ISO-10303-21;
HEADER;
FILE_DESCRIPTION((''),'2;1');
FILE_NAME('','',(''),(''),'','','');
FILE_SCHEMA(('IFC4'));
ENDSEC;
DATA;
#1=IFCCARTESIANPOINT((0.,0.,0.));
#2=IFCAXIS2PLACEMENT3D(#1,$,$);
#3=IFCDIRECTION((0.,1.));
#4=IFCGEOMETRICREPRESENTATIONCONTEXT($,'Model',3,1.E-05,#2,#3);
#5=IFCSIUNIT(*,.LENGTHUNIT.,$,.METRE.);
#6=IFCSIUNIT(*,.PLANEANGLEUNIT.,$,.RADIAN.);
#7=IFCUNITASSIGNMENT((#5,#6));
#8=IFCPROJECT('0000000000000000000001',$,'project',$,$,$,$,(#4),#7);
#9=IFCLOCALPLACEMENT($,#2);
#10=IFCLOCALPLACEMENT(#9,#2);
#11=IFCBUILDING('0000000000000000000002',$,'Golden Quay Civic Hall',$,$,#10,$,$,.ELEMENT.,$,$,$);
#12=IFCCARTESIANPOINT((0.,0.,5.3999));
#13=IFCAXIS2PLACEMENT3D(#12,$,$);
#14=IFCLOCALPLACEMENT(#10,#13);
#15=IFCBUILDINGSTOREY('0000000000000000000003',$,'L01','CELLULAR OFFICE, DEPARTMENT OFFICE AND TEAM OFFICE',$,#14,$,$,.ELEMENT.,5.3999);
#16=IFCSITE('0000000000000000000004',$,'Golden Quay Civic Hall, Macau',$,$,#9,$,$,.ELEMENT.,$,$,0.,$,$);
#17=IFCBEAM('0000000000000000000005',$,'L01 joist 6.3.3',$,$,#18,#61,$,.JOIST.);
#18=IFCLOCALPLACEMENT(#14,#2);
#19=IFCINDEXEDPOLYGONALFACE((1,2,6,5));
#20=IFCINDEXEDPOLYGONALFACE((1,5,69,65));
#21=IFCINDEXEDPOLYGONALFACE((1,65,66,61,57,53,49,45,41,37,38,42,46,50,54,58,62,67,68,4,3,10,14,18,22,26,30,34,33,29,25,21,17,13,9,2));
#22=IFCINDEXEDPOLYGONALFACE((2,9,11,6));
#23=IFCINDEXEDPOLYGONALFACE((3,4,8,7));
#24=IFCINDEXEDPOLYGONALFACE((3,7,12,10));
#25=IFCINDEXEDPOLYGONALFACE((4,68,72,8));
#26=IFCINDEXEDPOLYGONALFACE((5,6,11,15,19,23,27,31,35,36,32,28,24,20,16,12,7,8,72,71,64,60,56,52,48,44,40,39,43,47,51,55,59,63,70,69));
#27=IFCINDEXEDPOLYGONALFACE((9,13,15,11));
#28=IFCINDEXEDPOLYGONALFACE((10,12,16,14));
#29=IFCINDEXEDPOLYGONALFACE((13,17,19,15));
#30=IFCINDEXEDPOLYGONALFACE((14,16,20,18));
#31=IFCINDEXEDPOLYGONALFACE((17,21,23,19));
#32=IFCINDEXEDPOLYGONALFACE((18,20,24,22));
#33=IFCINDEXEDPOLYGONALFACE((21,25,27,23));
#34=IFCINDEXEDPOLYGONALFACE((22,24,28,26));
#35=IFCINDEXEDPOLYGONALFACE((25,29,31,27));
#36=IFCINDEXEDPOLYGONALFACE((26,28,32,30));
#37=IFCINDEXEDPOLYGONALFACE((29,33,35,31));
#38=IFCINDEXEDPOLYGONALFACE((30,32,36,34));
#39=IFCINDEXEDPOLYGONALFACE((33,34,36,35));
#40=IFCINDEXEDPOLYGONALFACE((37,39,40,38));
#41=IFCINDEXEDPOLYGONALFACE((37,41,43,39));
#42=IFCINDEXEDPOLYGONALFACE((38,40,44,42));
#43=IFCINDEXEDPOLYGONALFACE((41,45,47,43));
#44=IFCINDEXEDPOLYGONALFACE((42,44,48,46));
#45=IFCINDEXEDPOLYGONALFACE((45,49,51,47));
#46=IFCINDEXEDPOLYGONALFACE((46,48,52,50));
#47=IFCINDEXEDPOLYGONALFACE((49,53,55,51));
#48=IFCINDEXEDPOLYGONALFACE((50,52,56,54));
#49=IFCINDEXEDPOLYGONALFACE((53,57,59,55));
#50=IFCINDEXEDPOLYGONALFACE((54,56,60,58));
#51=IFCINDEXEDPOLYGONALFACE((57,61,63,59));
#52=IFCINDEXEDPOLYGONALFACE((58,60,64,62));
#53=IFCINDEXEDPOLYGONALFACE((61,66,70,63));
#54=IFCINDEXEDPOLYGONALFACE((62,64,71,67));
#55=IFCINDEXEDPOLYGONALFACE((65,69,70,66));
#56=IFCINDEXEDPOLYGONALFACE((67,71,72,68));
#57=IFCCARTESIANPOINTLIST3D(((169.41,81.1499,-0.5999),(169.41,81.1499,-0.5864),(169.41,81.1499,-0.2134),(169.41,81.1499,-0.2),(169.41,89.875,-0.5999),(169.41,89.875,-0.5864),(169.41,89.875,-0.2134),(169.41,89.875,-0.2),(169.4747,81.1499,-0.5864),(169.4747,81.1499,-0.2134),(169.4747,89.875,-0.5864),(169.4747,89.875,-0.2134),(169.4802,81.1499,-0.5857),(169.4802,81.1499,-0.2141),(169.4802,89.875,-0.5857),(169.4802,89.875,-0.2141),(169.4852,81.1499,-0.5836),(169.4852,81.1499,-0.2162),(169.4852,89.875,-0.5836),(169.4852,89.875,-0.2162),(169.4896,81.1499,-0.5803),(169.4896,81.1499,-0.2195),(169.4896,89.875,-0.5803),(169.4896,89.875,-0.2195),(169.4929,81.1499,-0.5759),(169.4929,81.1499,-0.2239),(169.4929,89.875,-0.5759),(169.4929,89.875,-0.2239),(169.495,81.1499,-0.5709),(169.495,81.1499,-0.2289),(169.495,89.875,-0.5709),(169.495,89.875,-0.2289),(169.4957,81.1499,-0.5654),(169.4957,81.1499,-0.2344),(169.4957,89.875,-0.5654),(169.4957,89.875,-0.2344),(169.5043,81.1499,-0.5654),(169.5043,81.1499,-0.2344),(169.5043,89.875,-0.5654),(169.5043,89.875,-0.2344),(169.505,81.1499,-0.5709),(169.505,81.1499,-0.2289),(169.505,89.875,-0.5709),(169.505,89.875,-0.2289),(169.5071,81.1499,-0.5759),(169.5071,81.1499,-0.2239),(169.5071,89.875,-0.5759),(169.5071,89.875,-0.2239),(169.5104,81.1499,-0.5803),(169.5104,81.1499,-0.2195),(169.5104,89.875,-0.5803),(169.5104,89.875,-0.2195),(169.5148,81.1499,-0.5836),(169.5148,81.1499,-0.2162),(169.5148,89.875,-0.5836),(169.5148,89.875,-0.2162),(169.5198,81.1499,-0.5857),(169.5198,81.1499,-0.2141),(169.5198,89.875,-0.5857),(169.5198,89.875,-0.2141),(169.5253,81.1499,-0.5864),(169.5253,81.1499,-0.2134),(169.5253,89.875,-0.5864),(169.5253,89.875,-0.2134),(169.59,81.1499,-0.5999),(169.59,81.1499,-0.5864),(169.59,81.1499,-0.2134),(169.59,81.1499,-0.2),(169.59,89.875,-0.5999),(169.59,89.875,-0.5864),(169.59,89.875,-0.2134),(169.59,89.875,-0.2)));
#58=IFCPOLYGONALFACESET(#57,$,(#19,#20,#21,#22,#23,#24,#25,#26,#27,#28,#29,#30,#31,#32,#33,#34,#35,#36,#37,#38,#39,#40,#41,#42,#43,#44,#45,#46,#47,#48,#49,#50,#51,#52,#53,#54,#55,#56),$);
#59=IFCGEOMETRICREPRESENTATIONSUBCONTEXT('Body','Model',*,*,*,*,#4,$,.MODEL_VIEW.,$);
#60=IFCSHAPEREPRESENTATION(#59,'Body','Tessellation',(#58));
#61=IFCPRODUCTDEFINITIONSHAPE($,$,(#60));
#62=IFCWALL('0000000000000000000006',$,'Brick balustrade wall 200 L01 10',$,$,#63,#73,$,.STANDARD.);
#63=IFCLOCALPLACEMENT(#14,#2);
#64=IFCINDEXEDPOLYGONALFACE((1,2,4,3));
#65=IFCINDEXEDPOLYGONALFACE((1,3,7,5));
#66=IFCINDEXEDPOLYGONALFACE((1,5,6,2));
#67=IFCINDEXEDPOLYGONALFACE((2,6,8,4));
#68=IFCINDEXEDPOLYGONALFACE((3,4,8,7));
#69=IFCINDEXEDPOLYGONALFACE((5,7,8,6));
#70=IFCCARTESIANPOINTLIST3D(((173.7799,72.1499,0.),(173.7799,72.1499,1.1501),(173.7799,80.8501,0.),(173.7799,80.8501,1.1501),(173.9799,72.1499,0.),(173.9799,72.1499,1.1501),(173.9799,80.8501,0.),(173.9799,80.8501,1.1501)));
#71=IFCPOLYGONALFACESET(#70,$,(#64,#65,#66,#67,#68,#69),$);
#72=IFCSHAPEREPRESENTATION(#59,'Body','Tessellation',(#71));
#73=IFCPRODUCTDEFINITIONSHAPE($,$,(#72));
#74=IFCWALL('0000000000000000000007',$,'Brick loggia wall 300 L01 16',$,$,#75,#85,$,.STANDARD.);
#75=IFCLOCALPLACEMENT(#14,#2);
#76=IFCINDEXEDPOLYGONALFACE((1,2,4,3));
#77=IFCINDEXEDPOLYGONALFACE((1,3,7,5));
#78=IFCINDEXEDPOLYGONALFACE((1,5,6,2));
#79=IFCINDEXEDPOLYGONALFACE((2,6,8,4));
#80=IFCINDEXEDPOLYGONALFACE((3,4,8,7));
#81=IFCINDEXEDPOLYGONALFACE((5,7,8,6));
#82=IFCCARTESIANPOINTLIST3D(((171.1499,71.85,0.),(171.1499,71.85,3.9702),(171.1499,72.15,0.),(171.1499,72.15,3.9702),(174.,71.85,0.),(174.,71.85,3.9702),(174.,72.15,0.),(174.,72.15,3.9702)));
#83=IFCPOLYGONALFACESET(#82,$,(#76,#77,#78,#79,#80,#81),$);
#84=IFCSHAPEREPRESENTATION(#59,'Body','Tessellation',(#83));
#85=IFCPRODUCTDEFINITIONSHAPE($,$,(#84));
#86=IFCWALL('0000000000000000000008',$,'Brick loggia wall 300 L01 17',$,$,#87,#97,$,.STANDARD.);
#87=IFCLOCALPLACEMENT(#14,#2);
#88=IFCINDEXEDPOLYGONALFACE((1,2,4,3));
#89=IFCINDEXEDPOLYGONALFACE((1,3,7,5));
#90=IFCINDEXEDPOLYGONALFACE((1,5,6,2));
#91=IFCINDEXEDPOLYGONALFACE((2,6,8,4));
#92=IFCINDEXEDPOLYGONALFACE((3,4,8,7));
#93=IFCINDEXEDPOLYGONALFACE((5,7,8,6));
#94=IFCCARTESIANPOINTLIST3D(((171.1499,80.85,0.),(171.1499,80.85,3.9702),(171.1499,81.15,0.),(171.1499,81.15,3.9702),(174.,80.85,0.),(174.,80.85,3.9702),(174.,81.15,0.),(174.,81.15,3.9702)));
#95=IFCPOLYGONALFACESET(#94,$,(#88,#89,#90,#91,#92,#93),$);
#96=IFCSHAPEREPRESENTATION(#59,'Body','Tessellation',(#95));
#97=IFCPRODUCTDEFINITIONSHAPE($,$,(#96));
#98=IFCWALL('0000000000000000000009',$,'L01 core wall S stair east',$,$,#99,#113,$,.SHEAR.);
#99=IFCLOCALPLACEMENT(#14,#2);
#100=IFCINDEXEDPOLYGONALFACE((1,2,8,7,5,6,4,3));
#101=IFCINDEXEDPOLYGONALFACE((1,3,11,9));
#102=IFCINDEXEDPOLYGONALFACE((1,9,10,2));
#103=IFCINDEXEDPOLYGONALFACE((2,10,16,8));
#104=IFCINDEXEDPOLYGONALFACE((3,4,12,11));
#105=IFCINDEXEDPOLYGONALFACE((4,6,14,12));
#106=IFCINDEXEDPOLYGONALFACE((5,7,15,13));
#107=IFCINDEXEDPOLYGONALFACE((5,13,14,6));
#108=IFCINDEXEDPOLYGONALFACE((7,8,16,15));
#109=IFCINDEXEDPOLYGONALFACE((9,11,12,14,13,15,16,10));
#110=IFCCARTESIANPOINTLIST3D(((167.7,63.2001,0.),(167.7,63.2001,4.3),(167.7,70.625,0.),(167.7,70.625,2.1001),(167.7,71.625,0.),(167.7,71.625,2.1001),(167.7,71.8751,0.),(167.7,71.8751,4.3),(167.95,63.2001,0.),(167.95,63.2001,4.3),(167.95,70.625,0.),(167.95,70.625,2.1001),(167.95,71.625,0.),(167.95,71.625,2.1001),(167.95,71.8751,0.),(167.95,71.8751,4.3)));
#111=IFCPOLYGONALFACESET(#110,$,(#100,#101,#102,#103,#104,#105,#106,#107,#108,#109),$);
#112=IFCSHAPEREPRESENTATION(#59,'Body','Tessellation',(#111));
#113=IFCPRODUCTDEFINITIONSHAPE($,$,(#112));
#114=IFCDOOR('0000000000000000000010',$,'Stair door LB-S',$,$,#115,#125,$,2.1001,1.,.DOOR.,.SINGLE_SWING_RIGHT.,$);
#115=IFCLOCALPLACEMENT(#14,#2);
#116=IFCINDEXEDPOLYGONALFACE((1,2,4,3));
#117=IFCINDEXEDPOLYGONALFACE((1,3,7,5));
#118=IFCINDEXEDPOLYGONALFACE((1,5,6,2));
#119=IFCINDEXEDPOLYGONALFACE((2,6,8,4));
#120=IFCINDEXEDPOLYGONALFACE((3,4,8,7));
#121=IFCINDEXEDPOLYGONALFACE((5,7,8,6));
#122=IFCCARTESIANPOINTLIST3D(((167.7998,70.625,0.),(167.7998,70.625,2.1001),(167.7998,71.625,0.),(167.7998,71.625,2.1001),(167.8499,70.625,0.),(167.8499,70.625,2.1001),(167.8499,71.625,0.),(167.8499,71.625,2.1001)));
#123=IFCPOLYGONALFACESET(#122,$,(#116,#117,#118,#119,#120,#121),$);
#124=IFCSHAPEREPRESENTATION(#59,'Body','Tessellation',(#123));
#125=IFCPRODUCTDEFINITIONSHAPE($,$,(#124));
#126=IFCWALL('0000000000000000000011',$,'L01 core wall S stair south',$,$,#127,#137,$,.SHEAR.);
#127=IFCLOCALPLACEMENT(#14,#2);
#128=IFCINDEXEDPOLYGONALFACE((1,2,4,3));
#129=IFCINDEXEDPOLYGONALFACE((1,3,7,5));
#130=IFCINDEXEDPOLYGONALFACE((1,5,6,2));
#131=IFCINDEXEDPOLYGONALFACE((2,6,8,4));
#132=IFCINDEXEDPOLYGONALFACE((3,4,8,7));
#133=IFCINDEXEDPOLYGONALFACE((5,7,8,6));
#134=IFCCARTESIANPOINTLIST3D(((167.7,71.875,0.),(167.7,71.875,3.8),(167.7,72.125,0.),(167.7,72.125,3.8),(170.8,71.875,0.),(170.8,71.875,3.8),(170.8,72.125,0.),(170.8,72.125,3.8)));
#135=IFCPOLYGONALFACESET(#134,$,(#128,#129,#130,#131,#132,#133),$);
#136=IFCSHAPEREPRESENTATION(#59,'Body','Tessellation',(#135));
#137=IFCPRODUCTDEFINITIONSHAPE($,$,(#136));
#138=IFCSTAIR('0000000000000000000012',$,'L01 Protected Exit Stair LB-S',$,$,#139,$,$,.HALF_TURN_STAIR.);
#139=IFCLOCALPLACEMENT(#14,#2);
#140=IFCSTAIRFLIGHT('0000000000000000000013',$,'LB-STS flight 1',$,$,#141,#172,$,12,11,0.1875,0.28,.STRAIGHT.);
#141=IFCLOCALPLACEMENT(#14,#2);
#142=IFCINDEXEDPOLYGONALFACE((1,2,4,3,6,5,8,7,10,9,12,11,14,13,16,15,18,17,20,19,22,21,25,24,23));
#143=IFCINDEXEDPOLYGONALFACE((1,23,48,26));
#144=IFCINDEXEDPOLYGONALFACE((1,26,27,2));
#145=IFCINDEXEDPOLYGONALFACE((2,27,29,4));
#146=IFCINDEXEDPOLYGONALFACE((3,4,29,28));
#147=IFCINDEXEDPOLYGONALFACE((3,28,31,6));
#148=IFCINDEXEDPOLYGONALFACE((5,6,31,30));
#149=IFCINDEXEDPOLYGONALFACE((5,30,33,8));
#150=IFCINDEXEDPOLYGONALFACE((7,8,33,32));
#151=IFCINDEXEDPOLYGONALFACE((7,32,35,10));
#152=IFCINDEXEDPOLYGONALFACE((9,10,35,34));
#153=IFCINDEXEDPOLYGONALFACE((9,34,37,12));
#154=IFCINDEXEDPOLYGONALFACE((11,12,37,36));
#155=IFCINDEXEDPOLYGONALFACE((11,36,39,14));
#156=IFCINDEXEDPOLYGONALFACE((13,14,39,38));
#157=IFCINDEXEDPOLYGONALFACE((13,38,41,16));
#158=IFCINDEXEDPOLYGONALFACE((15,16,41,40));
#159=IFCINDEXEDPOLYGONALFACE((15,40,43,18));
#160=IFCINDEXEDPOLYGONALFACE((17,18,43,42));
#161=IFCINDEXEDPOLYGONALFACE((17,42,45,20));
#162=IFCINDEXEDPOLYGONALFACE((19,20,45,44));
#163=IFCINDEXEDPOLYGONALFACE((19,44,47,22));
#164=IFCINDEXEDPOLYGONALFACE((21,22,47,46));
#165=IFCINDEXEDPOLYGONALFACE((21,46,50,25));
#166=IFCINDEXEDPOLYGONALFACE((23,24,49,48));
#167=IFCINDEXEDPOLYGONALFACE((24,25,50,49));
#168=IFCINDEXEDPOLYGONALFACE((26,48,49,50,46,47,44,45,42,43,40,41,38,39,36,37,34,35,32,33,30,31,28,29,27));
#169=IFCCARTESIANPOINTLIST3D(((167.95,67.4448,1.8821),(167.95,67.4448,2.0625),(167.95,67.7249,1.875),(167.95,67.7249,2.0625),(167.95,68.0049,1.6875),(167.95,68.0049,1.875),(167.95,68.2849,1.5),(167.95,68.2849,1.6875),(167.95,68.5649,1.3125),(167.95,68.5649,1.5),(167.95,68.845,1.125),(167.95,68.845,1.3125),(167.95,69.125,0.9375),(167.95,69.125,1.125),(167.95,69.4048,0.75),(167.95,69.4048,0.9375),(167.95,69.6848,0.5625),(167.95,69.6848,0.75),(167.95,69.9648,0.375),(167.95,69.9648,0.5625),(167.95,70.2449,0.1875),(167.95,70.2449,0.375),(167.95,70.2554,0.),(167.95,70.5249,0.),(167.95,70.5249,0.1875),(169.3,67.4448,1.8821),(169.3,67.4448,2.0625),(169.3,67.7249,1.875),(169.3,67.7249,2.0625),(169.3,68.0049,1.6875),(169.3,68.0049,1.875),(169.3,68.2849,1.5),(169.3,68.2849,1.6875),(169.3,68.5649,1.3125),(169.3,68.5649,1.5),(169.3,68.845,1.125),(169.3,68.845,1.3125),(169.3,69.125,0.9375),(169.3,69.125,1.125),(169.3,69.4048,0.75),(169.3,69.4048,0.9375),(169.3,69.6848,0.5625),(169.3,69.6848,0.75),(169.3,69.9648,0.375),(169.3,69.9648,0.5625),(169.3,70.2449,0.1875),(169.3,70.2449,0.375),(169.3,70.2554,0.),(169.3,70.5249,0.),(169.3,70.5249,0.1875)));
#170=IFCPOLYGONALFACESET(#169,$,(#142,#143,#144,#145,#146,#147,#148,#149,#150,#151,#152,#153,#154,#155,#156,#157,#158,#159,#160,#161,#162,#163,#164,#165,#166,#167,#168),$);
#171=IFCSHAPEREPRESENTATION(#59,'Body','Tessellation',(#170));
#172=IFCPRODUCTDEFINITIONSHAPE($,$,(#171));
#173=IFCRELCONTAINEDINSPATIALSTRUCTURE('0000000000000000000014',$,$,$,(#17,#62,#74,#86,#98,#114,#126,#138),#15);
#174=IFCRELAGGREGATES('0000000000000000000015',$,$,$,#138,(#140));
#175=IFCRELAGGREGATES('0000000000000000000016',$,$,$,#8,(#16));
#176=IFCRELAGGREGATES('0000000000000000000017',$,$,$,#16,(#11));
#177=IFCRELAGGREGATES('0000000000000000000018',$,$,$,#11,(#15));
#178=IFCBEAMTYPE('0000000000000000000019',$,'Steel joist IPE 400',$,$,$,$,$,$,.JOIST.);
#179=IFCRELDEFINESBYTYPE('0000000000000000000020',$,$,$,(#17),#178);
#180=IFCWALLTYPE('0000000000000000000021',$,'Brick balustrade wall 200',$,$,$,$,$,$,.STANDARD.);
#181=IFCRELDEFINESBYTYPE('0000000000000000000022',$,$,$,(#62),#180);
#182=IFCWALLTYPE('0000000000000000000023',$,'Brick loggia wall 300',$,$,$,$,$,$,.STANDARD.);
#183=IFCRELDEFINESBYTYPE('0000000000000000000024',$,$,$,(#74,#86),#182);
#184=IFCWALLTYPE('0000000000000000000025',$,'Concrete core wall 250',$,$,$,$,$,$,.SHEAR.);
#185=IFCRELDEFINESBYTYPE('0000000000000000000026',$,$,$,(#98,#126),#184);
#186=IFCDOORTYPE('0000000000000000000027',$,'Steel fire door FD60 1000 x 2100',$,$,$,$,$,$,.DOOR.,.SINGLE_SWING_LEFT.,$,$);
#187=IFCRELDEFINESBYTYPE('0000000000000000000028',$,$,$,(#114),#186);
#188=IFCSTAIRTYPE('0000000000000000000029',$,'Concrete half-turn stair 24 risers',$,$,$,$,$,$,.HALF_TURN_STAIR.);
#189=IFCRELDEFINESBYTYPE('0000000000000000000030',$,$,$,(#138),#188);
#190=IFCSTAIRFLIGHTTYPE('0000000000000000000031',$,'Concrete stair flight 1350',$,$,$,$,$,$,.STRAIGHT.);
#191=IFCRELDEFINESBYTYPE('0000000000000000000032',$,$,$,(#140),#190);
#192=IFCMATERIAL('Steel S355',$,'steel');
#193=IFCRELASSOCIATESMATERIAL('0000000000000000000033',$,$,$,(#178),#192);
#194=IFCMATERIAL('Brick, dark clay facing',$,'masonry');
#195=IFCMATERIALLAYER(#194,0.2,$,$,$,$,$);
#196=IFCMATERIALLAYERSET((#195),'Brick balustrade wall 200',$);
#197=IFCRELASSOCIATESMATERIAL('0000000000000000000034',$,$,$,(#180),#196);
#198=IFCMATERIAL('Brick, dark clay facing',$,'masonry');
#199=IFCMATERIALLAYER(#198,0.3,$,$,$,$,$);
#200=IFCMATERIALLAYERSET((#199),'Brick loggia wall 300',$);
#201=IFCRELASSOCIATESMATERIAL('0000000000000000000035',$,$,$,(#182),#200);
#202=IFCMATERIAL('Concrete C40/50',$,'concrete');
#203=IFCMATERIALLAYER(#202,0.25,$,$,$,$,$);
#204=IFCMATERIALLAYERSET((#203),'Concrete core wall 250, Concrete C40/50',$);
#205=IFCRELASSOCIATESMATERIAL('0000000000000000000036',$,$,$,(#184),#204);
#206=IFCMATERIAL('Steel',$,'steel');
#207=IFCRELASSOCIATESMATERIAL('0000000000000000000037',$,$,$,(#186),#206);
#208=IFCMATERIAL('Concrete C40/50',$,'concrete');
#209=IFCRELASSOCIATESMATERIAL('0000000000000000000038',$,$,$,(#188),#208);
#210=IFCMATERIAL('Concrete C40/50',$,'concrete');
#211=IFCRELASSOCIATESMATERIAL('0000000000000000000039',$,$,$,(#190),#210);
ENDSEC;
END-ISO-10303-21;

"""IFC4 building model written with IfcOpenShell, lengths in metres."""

from ifc_helpers import new_model, si_unit, direction, frame, frame_2d, origin, origin_2d, place, context, subcontext, project, spatial, polyline, rectangle, i_section, outline, extrude, material, layer, layer_set, material_profile, profile_set, type_object, element, fill, aggregate, save


model = new_model("IFC4")

# Units and contexts
model_context = context("Model", 3, precision=1e-05, world=origin(), true_north=direction((0.0, 1.0)))
body_context = subcontext(model_context, "Body", "Model", "MODEL_VIEW")
ifc_project = project(units=[si_unit("LENGTHUNIT", "METRE"), si_unit("PLANEANGLEUNIT", "RADIAN")], contexts=[model_context])

# Site, building, storey
site_placement = place(None, origin())
site = spatial("IfcSite", under=ifc_project, at=site_placement, Name="Golden Quay Civic Hall, Macau", CompositionType="ELEMENT", RefElevation=0.0)
building_placement = place(site_placement, origin())
building = spatial("IfcBuilding", under=site, at=building_placement, Name="Golden Quay Civic Hall", CompositionType="ELEMENT")
storey_placement = place(building_placement, frame((0.0, 0.0, 5.3999)))
storey = spatial("IfcBuildingStorey", under=building, at=storey_placement, Name="L01", Description="CELLULAR OFFICE, DEPARTMENT OFFICE AND TEAM OFFICE", CompositionType="ELEMENT", Elevation=5.3999)

# Beam
ifc_material_1 = material(Name="Steel S355", Category="steel")
ifc_material_profile_1 = material_profile(ifc_material_1, i_section(OverallWidth=0.1799, OverallDepth=0.3999, WebThickness=0.0085, FlangeThickness=0.0134, FilletRadius=0.021, at=origin_2d()), Name="IPE 400")
ifc_profile_set_1 = profile_set([ifc_material_profile_1], Name="Steel S355")
beam_type_1 = type_object("IfcBeamType", Name="Steel joist IPE 400", PredefinedType="JOIST", material=ifc_profile_set_1)
beam_1_placement = place(storey_placement, frame((169.5, 81.1499, -0.3999), z_axis=(0.0, 1.0, 0.0), x_axis=(-1.0, 0.0, 0.0)))
element("IfcBeam", 1, at=beam_1_placement, inside=storey, type_object=beam_type_1, Name="L01 joist 6.3.3", PredefinedType="JOIST", context=body_context, shape_type="SweptSolid", body=[
    extrude(i_section(OverallWidth=0.1799, OverallDepth=0.3999, WebThickness=0.0085, FlangeThickness=0.0134, FilletRadius=0.021, at=origin_2d()), origin(), (0.0, 0.0, 1.0), 8.7251),
])

# Walls
ifc_material_2 = material(Name="Brick, dark clay facing", Category="masonry")
ifc_layer_1 = layer(ifc_material_2, 0.2)
ifc_layer_set_1 = layer_set([ifc_layer_1], Name="Brick balustrade wall 200")
wall_type_1 = type_object("IfcWallType", Name="Brick balustrade wall 200", PredefinedType="STANDARD", material=ifc_layer_set_1)
wall_1_placement = place(storey_placement, frame((173.8799, 72.1499, 0.0), z_axis=(0.0, 0.0, 1.0), x_axis=(0.0, 1.0, 0.0)))
element("IfcWall", 2, at=wall_1_placement, inside=storey, type_object=wall_type_1, Name="Brick balustrade wall 200 L01 10", PredefinedType="STANDARD", context=body_context, shape_type="SweptSolid", body=[
    extrude(rectangle(XDim=8.7002, YDim=0.2, at=frame_2d((4.3501, 0.0))), origin(), (0.0, 0.0, 1.0), 1.1501),
])
ifc_material_3 = material(Name="Brick, dark clay facing", Category="masonry")
ifc_layer_2 = layer(ifc_material_3, 0.3)
ifc_layer_set_2 = layer_set([ifc_layer_2], Name="Brick loggia wall 300")
wall_type_2 = type_object("IfcWallType", Name="Brick loggia wall 300", PredefinedType="STANDARD", material=ifc_layer_set_2)
for number, where, z_axis, x_axis, name in (
    (3, (171.1499, 72.0, 0.0), (0.0, 0.0, 1.0), (1.0, 0.0, 0.0), "Brick loggia wall 300 L01 16"),
    (4, (171.1499, 81.0, 0.0), (0.0, 0.0, 1.0), (1.0, 0.0, 0.0), "Brick loggia wall 300 L01 17"),
):
    element("IfcWall", number, at=place(storey_placement, frame(where, z_axis=z_axis, x_axis=x_axis)), inside=storey, type_object=wall_type_2, Name=name, PredefinedType="STANDARD", context=body_context, shape_type="SweptSolid", body=[
        extrude(rectangle(XDim=2.8501, YDim=0.3, at=frame_2d((1.425, 0.0))), origin(), (0.0, 0.0, 1.0), 3.9702),
    ])

# Wall, opening, door
ifc_material_4 = material(Name="Concrete C40/50", Category="concrete")
ifc_layer_3 = layer(ifc_material_4, 0.25)
ifc_layer_set_3 = layer_set([ifc_layer_3], Name="Concrete core wall 250, Concrete C40/50")
wall_type_3 = type_object("IfcWallType", Name="Concrete core wall 250", PredefinedType="SHEAR", material=ifc_layer_set_3)
wall_2_placement = place(storey_placement, frame((167.825, 71.875, 0.0), z_axis=(0.0, 0.0, 1.0), x_axis=(0.0, -1.0, 0.0)))
wall_2 = element("IfcWall", 5, at=wall_2_placement, inside=storey, type_object=wall_type_3, Name="L01 core wall S stair east", PredefinedType="SHEAR", context=body_context, shape_type="SweptSolid", body=[
    extrude(rectangle(XDim=8.675, YDim=0.25, at=frame_2d((4.3374, 0.0))), origin(), (0.0, 0.0, 1.0), 4.3),
])
opening_placement = place(wall_2_placement, frame((0.25, 0.0, 0.0)))
opening = element("IfcOpeningElement", 6, at=opening_placement, cuts=wall_2, PredefinedType="OPENING", context=body_context, shape_type="SweptSolid", body=[
    extrude(rectangle(XDim=1.0, YDim=2.1001, at=frame_2d((0.5, 1.05))), frame((0.0, 0.135, 0.0), z_axis=(0.0, -1.0, 0.0), x_axis=(1.0, 0.0, 0.0)), (0.0, 0.0, 1.0), 0.27),
])
ifc_material_5 = material(Name="Steel", Category="steel")
door_type = type_object("IfcDoorType", Name="Steel fire door FD60 1000 x 2100", OperationType="SINGLE_SWING_LEFT", PredefinedType="DOOR", material=ifc_material_5)
door_placement = place(opening_placement, frame((1.0, 0.0, 0.0), z_axis=(0.0, 0.0, 1.0), x_axis=(-1.0, 0.0, 0.0)))
door = element("IfcDoor", 7, at=door_placement, inside=storey, type_object=door_type, Name="Stair door LB-S", OperationType="SINGLE_SWING_RIGHT", OverallHeight=2.1001, OverallWidth=1.0, PredefinedType="DOOR", context=body_context, shape_type="SweptSolid", body=[
    extrude(rectangle(XDim=1.0, YDim=2.1001, at=frame_2d((0.5, 1.05))), frame((0.0, 0.0251, 0.0), z_axis=(0.0, -1.0, 0.0), x_axis=(1.0, 0.0, 0.0)), (0.0, 0.0, 1.0), 0.05),
])
fill(opening, door)

# Wall
wall_3_placement = place(storey_placement, frame((170.8, 72.0, 0.0), z_axis=(0.0, 0.0, 1.0), x_axis=(-1.0, 0.0, 0.0)))
element("IfcWall", 8, at=wall_3_placement, inside=storey, type_object=wall_type_3, Name="L01 core wall S stair south", PredefinedType="SHEAR", context=body_context, shape_type="SweptSolid", body=[
    extrude(rectangle(XDim=3.1001, YDim=0.25, at=frame_2d((1.55, 0.0))), origin(), (0.0, 0.0, 1.0), 3.8),
])

# Stair, stair flight
ifc_material_6 = material(Name="Concrete C40/50", Category="concrete")
stair_type = type_object("IfcStairType", Name="Concrete half-turn stair 24 risers", PredefinedType="HALF_TURN_STAIR", material=ifc_material_6)
stair_placement = place(storey_placement, origin())
stair = element("IfcStair", 9, at=stair_placement, inside=storey, type_object=stair_type, Name="L01 Protected Exit Stair LB-S", PredefinedType="HALF_TURN_STAIR")
ifc_material_7 = material(Name="Concrete C40/50", Category="concrete")
stair_flight_type = type_object("IfcStairFlightType", Name="Concrete stair flight 1350", PredefinedType="STRAIGHT", material=ifc_material_7)
stair_flight_placement = place(storey_placement, frame((168.625, 70.5249, 0.0), z_axis=(0.0, 0.0, 1.0), x_axis=(0.0, -1.0, 0.0)))
stair_flight = element("IfcStairFlight", 10, at=stair_flight_placement, type_object=stair_flight_type, Name="LB-STS flight 1", NumberOfRisers=12, NumberOfTreads=11, PredefinedType="STRAIGHT", RiserHeight=0.1875, TreadLength=0.28, context=body_context, shape_type="SweptSolid", body=[
    extrude(outline(polyline([(0.0, 0.0), (0.0, 0.1875), (0.28, 0.1875), (0.28, 0.375), (0.5601, 0.375), (0.5601, 0.5625), (0.8401, 0.5625), (0.8401, 0.75), (1.1201, 0.75), (1.1201, 0.9375), (1.3999, 0.9375), (1.3999, 1.125), (1.6799, 1.125), (1.6799, 1.3125), (1.96, 1.3125), (1.96, 1.5), (2.24, 1.5), (2.24, 1.6875), (2.52, 1.6875), (2.52, 1.875), (2.8, 1.875), (2.8, 2.0625), (3.0801, 2.0625), (3.0801, 2.25), (3.0801, 1.8821), (0.2695, 0.0), (0.0, 0.0)])), frame((0.0, 0.675, 0.0), z_axis=(0.0, -1.0, 0.0), x_axis=(1.0, 0.0, 0.0)), (0.0, 0.0, 1.0), 1.35),
])
aggregate(stair, [stair_flight])

save(model, "model.ifc")
